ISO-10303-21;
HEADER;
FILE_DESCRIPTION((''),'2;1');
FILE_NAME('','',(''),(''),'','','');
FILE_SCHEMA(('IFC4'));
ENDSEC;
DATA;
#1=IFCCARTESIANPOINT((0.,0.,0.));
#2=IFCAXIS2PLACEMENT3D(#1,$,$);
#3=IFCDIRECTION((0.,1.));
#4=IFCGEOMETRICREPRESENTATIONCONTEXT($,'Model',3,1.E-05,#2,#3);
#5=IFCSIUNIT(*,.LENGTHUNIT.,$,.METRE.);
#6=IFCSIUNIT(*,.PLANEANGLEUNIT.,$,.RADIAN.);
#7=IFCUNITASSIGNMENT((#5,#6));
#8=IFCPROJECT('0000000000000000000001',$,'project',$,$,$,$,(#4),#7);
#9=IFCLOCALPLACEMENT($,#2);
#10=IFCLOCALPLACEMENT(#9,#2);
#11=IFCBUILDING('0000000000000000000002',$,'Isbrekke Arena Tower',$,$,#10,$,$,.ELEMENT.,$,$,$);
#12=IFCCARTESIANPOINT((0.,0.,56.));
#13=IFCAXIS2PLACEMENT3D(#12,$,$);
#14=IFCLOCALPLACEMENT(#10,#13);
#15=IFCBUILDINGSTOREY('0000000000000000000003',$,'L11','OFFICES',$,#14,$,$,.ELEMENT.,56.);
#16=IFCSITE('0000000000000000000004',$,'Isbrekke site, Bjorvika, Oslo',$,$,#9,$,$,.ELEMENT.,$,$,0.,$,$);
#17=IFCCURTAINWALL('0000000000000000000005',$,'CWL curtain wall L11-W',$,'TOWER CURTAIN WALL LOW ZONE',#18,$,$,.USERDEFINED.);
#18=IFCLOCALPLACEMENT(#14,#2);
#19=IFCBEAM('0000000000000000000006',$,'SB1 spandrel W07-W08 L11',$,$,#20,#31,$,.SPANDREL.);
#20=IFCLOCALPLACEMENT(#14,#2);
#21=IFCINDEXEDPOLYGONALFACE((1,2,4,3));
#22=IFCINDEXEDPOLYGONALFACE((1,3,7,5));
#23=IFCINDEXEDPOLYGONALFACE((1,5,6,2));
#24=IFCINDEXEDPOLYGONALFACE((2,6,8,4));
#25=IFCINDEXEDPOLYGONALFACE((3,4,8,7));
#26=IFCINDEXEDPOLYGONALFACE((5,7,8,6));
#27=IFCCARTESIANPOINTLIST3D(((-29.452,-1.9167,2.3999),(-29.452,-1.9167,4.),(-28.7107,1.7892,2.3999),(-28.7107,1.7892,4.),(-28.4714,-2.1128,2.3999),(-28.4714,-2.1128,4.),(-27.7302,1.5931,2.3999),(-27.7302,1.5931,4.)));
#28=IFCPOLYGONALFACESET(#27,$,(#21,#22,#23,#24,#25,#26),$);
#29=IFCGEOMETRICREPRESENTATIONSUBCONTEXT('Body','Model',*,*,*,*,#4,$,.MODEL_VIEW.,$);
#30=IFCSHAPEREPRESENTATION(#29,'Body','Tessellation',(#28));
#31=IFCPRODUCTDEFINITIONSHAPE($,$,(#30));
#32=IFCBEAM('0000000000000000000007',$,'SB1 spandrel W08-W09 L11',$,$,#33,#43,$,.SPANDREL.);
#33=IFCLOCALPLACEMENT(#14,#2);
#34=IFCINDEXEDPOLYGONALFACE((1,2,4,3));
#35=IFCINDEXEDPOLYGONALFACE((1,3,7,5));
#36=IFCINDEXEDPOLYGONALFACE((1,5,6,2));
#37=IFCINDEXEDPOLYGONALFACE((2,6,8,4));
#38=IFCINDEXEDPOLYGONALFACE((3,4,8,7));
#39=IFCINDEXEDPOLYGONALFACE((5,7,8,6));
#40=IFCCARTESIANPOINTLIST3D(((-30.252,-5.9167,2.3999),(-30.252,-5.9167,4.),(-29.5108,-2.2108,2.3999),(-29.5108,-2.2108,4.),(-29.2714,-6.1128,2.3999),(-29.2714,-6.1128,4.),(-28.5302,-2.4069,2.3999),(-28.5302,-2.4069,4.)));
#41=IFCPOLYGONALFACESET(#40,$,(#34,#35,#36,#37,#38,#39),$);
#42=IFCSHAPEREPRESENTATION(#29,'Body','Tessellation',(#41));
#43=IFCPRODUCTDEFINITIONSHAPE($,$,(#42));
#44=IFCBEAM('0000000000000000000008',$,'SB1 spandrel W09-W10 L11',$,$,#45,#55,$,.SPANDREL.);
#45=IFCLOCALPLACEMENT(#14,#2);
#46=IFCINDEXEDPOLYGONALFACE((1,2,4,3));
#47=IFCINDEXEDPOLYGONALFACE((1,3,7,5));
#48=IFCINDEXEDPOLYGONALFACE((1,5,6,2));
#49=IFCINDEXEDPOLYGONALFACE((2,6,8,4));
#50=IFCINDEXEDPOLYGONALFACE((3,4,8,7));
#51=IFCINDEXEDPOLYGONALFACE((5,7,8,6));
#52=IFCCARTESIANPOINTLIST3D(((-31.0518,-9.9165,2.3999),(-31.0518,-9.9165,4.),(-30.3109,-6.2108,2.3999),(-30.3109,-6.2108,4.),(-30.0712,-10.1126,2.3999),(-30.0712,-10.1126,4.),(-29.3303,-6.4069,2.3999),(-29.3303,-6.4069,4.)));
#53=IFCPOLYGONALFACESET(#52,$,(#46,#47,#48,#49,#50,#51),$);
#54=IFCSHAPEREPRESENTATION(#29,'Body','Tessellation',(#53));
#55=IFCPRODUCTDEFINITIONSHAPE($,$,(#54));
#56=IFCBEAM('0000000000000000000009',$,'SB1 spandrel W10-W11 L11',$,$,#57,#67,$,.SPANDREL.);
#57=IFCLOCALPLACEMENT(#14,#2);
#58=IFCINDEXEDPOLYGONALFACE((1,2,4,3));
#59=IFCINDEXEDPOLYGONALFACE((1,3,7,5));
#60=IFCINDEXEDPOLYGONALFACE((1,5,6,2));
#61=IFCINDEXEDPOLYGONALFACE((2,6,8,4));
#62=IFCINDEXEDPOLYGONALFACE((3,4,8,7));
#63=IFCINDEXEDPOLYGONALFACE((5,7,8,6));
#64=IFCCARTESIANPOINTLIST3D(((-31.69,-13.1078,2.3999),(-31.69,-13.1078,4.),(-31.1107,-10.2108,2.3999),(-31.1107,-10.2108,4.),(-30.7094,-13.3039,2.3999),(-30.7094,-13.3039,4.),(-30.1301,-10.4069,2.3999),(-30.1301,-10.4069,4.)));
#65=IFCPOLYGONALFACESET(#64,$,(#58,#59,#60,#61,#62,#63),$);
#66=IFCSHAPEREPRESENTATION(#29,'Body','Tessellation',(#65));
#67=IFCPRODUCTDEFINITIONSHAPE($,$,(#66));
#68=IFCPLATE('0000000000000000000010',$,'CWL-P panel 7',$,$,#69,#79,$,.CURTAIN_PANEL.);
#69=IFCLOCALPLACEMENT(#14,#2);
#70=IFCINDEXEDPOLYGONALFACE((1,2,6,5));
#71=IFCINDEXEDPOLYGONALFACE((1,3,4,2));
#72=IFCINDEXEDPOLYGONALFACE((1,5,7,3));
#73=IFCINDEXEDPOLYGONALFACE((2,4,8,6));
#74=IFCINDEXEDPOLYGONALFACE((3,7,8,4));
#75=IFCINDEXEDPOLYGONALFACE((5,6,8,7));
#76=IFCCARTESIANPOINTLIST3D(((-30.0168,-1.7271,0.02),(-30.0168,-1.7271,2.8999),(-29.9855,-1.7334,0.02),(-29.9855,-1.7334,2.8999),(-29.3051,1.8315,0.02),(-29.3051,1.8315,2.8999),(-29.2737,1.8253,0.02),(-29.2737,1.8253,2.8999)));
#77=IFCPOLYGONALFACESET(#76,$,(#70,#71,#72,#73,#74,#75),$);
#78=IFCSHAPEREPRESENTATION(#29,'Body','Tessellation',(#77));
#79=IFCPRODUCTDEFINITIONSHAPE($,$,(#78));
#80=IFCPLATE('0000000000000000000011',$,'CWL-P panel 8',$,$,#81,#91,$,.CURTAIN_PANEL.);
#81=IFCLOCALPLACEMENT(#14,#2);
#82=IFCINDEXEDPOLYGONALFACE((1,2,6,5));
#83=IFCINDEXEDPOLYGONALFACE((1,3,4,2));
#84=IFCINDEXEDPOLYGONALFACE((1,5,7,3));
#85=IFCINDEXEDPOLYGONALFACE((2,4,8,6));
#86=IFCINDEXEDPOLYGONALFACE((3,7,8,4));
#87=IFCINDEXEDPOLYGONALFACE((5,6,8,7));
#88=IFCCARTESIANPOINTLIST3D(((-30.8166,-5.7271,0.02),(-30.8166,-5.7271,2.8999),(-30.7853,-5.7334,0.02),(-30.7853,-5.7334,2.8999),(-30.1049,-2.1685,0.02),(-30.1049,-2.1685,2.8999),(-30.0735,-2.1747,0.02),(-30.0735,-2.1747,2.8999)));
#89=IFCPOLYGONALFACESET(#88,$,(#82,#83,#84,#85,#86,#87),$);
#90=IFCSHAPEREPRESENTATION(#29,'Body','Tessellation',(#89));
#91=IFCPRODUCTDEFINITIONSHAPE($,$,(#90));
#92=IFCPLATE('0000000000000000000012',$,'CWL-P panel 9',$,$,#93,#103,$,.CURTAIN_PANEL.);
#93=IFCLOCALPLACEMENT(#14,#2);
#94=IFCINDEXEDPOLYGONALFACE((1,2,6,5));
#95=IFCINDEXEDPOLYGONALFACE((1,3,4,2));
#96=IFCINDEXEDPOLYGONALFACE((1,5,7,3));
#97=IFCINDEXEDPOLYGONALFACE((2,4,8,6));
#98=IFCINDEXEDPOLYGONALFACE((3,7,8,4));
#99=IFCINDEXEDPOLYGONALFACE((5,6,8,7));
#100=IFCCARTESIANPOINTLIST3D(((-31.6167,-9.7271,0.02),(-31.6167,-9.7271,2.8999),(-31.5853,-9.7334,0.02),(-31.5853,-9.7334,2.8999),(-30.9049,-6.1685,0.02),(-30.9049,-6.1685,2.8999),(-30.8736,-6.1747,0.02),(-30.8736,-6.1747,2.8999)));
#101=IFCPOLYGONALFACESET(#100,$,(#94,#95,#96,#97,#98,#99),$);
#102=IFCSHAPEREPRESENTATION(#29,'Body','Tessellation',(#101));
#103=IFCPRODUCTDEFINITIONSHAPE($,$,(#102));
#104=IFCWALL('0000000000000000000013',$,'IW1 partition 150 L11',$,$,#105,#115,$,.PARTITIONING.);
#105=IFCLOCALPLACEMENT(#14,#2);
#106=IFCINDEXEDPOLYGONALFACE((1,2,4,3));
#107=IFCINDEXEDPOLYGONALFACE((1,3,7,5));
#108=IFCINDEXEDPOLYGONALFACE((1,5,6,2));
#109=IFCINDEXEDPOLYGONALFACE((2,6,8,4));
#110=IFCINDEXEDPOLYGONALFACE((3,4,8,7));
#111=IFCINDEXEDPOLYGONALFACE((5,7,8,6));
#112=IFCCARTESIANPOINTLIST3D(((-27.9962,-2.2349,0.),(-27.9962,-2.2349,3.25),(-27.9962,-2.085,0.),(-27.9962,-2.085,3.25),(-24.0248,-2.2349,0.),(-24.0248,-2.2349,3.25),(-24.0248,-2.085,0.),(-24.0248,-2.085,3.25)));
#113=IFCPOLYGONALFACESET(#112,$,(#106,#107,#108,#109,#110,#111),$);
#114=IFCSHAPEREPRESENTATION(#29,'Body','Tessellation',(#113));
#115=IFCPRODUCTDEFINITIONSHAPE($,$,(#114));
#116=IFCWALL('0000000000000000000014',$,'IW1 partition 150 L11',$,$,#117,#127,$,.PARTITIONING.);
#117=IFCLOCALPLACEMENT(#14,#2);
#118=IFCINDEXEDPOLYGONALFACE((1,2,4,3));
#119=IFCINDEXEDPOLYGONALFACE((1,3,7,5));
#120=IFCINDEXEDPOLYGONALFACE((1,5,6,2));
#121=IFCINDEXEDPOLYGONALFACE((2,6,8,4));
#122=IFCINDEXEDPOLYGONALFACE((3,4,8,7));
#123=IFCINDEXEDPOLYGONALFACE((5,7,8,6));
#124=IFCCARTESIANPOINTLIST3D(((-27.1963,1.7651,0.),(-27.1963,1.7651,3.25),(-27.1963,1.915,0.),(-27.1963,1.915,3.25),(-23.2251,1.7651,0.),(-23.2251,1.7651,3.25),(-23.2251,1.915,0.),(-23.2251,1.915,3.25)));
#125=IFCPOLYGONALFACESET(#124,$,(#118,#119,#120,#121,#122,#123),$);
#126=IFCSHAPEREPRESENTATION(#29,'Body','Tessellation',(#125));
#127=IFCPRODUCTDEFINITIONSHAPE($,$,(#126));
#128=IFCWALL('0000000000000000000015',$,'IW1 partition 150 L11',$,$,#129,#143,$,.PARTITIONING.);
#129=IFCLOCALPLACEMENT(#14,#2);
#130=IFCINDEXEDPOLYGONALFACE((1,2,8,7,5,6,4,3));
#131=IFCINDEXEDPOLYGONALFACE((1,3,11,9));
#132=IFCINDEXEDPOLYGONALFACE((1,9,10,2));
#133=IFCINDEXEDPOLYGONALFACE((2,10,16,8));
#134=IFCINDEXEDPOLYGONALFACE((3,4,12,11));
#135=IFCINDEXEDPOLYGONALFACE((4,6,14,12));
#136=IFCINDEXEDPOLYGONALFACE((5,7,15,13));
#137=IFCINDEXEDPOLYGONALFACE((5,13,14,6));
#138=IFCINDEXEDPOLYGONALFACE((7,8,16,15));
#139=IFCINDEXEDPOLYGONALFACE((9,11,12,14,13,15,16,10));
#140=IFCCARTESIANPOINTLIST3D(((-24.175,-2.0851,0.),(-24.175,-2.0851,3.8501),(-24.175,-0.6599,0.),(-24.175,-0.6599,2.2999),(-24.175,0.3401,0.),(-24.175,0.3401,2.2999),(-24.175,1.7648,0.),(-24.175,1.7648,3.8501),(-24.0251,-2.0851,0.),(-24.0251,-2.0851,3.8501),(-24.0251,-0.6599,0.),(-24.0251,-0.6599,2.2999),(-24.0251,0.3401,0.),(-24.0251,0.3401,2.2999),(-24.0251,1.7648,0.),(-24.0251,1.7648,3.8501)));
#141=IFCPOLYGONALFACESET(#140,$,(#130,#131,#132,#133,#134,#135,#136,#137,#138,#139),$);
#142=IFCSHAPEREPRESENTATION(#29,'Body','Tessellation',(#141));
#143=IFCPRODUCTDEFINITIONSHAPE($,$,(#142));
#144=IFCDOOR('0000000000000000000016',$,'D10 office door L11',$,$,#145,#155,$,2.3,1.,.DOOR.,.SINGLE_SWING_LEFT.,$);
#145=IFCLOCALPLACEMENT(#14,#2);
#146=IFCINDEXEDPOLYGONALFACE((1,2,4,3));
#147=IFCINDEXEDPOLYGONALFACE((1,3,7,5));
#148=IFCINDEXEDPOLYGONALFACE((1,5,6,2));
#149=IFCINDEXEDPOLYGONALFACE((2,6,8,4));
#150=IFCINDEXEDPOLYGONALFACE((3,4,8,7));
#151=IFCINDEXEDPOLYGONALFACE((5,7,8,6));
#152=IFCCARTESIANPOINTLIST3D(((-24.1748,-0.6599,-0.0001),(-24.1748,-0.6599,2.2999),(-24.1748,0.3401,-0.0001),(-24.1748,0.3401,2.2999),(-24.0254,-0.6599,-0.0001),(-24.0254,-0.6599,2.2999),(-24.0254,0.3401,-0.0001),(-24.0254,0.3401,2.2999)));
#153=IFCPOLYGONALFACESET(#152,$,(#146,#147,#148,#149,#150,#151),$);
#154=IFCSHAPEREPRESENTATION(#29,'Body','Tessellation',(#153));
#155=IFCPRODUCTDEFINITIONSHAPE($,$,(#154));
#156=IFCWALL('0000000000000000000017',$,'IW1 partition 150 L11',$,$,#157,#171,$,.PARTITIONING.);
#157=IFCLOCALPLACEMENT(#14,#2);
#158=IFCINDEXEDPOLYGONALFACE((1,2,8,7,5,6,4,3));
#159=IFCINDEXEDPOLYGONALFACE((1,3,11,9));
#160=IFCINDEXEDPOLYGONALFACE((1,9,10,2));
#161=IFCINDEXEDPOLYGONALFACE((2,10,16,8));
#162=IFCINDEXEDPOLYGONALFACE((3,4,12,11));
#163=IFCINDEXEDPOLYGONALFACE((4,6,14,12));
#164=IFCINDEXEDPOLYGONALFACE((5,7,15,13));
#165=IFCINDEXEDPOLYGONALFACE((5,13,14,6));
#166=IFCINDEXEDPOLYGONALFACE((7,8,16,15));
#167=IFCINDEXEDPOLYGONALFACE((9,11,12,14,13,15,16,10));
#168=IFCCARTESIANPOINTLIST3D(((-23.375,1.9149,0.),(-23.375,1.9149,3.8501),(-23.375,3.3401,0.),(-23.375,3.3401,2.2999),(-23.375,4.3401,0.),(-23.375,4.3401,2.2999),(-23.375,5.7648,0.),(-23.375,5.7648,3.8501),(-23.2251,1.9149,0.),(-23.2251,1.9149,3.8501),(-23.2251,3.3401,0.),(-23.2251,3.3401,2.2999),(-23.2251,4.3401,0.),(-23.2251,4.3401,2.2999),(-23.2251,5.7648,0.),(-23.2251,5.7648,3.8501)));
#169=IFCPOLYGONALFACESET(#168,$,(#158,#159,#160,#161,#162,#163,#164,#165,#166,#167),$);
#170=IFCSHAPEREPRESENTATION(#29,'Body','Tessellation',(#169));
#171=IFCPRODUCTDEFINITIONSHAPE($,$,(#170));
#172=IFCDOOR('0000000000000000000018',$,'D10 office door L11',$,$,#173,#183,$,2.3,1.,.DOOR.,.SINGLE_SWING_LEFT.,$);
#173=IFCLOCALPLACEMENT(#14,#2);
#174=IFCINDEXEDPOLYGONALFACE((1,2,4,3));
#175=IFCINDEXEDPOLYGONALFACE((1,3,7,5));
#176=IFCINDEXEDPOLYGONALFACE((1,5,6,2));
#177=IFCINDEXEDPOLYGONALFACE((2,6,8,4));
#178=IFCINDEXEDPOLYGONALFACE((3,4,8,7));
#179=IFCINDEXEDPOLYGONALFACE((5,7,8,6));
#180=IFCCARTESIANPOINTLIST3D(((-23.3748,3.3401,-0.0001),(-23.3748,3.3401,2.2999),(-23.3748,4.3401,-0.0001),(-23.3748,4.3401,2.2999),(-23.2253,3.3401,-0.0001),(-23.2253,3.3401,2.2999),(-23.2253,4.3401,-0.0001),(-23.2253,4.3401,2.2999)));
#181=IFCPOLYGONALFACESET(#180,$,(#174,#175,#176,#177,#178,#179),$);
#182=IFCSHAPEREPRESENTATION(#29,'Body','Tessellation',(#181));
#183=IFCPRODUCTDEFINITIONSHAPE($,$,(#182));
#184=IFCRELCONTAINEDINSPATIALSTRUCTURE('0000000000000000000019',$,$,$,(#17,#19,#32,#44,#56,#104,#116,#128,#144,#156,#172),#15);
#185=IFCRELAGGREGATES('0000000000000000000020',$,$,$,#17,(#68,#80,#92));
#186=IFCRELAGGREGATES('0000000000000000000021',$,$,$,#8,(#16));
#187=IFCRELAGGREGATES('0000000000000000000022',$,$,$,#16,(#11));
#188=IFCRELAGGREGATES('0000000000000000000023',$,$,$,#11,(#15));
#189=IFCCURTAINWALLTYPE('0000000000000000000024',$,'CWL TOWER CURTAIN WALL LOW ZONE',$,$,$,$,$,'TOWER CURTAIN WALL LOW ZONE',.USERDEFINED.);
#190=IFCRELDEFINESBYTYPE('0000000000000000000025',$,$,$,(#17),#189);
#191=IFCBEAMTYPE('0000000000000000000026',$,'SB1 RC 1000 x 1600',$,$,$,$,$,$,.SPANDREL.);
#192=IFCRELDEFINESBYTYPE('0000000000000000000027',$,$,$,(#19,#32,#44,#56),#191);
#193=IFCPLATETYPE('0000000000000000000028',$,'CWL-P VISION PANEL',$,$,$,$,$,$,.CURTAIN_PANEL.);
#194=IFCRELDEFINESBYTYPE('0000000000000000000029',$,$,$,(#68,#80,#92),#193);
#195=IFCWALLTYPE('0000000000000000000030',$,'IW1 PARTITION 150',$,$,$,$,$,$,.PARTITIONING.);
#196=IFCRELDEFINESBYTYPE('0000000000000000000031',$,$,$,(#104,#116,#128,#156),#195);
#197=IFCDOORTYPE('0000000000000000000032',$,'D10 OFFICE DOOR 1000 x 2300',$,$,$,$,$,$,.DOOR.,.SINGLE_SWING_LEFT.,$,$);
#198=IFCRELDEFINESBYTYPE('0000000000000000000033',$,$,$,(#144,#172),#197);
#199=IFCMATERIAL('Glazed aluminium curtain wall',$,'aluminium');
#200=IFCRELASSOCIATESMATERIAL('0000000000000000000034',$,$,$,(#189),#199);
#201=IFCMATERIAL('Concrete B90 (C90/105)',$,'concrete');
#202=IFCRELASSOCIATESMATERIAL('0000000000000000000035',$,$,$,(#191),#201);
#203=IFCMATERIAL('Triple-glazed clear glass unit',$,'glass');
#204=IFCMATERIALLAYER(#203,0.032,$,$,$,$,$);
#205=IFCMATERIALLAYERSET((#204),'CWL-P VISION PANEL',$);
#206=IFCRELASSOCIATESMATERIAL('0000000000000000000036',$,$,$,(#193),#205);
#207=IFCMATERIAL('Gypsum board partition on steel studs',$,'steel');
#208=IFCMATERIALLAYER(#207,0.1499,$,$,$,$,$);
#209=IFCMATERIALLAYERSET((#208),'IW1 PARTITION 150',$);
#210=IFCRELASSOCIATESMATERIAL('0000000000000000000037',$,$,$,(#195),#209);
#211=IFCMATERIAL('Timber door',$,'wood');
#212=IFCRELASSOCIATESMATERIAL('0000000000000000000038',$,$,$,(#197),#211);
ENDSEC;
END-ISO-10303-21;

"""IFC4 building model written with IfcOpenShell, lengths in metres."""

from ifc_helpers import new_model, si_unit, direction, frame, frame_2d, origin, origin_2d, place, context, subcontext, project, spatial, rectangle, extrude, material, layer, layer_set, material_profile, profile_set, type_object, element, fill, aggregate, save


model = new_model("IFC4")

# Units and contexts
model_context = context("Model", 3, precision=1e-05, world=origin(), true_north=direction((0.0, 1.0)))
body_context = subcontext(model_context, "Body", "Model", "MODEL_VIEW")
ifc_project = project(units=[si_unit("LENGTHUNIT", "METRE"), si_unit("PLANEANGLEUNIT", "RADIAN")], contexts=[model_context])

# Site, building, storey
site_placement = place(None, origin())
site = spatial("IfcSite", under=ifc_project, at=site_placement, Name="Isbrekke site, Bjorvika, Oslo", CompositionType="ELEMENT", RefElevation=0.0)
building_placement = place(site_placement, origin())
building = spatial("IfcBuilding", under=site, at=building_placement, Name="Isbrekke Arena Tower", CompositionType="ELEMENT")
storey_placement = place(building_placement, frame((0.0, 0.0, 56.0)))
storey = spatial("IfcBuildingStorey", under=building, at=storey_placement, Name="L11", Description="OFFICES", CompositionType="ELEMENT", Elevation=56.0)

# Curtain wall
ifc_material_1 = material(Name="Glazed aluminium curtain wall", Category="aluminium")
curtain_wall_type = type_object("IfcCurtainWallType", Name="CWL TOWER CURTAIN WALL LOW ZONE", ElementType="TOWER CURTAIN WALL LOW ZONE", PredefinedType="USERDEFINED", material=ifc_material_1)
curtain_wall_placement = place(storey_placement, origin())
curtain_wall = element("IfcCurtainWall", 1, at=curtain_wall_placement, inside=storey, type_object=curtain_wall_type, Name="CWL curtain wall L11-W", ObjectType="TOWER CURTAIN WALL LOW ZONE", PredefinedType="USERDEFINED")

# Beams
ifc_material_2 = material(Name="Concrete B90 (C90/105)", Category="concrete")
ifc_material_profile_1 = material_profile(ifc_material_2, rectangle(XDim=1.0, YDim=1.6001, at=origin_2d()), Name="RC 1000x1600")
ifc_profile_set_1 = profile_set([ifc_material_profile_1], Name="Concrete B90 (C90/105)")
beam_type_1 = type_object("IfcBeamType", Name="SB1 RC 1000 x 1600", PredefinedType="SPANDREL", material=ifc_profile_set_1)
for number, where, z_axis, x_axis, name in (
    (2, (-28.2205, 1.6912, 3.2), (-0.196129, -0.980578, 0.0), (0.980578, -0.196129, 0.0), "SB1 spandrel W07-W08 L11"),
    (3, (-29.0205, -2.3088, 3.2), (-0.196129, -0.980578, 0.0), (0.980578, -0.196129, 0.0), "SB1 spandrel W08-W09 L11"),
):
    element("IfcBeam", number, at=place(storey_placement, frame(where, z_axis=z_axis, x_axis=x_axis)), inside=storey, type_object=beam_type_1, Name=name, PredefinedType="SPANDREL", context=body_context, shape_type="SweptSolid", body=[
        extrude(rectangle(XDim=1.0, YDim=1.6001, at=origin_2d()), origin(), (0.0, 0.0, 1.0), 3.7793),
    ])
beam_1_placement = place(storey_placement, frame((-29.8206, -6.3088, 3.2), z_axis=(-0.196066, -0.980591, 0.0), x_axis=(0.980591, -0.196066, 0.0)))
element("IfcBeam", 4, at=beam_1_placement, inside=storey, type_object=beam_type_1, Name="SB1 spandrel W09-W10 L11", PredefinedType="SPANDREL", context=body_context, shape_type="SweptSolid", body=[
    extrude(rectangle(XDim=1.0, YDim=1.6001, at=origin_2d()), origin(), (0.0, 0.0, 1.0), 3.7791),
])
beam_2_placement = place(storey_placement, frame((-30.6204, -10.3088, 3.2), z_axis=(-0.1961, -0.980584, 0.0), x_axis=(0.980584, -0.1961, 0.0)))
element("IfcBeam", 5, at=beam_2_placement, inside=storey, type_object=beam_type_1, Name="SB1 spandrel W10-W11 L11", PredefinedType="SPANDREL", context=body_context, shape_type="SweptSolid", body=[
    extrude(rectangle(XDim=1.0, YDim=1.6001, at=origin_2d()), origin(), (0.0, 0.0, 1.0), 2.9543),
])

# Plates
ifc_material_3 = material(Name="Triple-glazed clear glass unit", Category="glass")
ifc_layer_1 = layer(ifc_material_3, 0.032)
ifc_layer_set_1 = layer_set([ifc_layer_1], Name="CWL-P VISION PANEL")
plate_type = type_object("IfcPlateType", Name="CWL-P VISION PANEL", PredefinedType="CURTAIN_PANEL", material=ifc_layer_set_1)
plate_1_placement = place(storey_placement, frame((-29.6453, 0.0491, 0.02), z_axis=(0.0, 0.0, 1.0), x_axis=(-0.196116, -0.980581, 0.0)))
plate_1 = element("IfcPlate", 6, at=plate_1_placement, type_object=plate_type, Name="CWL-P panel 7", PredefinedType="CURTAIN_PANEL", context=body_context, shape_type="SweptSolid", body=[
    extrude(rectangle(XDim=3.6292, YDim=0.032, at=origin_2d()), origin(), (0.0, 0.0, 1.0), 2.8799),
])
plate_2_placement = place(storey_placement, frame((-30.4451, -3.9509, 0.02), z_axis=(0.0, 0.0, 1.0), x_axis=(-0.196116, -0.980581, 0.0)))
plate_2 = element("IfcPlate", 7, at=plate_2_placement, type_object=plate_type, Name="CWL-P panel 8", PredefinedType="CURTAIN_PANEL", context=body_context, shape_type="SweptSolid", body=[
    extrude(rectangle(XDim=3.6292, YDim=0.032, at=origin_2d()), origin(), (0.0, 0.0, 1.0), 2.8799),
])
plate_3_placement = place(storey_placement, frame((-31.2451, -7.9509, 0.02), z_axis=(0.0, 0.0, 1.0), x_axis=(-0.196116, -0.980581, 0.0)))
plate_3 = element("IfcPlate", 8, at=plate_3_placement, type_object=plate_type, Name="CWL-P panel 9", PredefinedType="CURTAIN_PANEL", context=body_context, shape_type="SweptSolid", body=[
    extrude(rectangle(XDim=3.6292, YDim=0.032, at=origin_2d()), origin(), (0.0, 0.0, 1.0), 2.8799),
])
aggregate(curtain_wall, [plate_1, plate_2, plate_3])

# Walls
ifc_material_4 = material(Name="Gypsum board partition on steel studs", Category="steel")
ifc_layer_2 = layer(ifc_material_4, 0.1499)
ifc_layer_set_2 = layer_set([ifc_layer_2], Name="IW1 PARTITION 150")
wall_type = type_object("IfcWallType", Name="IW1 PARTITION 150", PredefinedType="PARTITIONING", material=ifc_layer_set_2)
wall_1_placement = place(storey_placement, frame((-27.9963, -2.1599, 0.0), z_axis=(0.0, 0.0, 1.0), x_axis=(1.0, 0.0, 0.0)))
element("IfcWall", 9, at=wall_1_placement, inside=storey, type_object=wall_type, Name="IW1 partition 150 L11", PredefinedType="PARTITIONING", context=body_context, shape_type="SweptSolid", body=[
    extrude(rectangle(XDim=3.9714, YDim=0.1499, at=frame_2d((1.9858, 0.0))), origin(), (0.0, 0.0, 1.0), 3.25),
])
wall_2_placement = place(storey_placement, frame((-27.1963, 1.8401, 0.0), z_axis=(0.0, 0.0, 1.0), x_axis=(1.0, 0.0, 0.0)))
element("IfcWall", 10, at=wall_2_placement, inside=storey, type_object=wall_type, Name="IW1 partition 150 L11", PredefinedType="PARTITIONING", context=body_context, shape_type="SweptSolid", body=[
    extrude(rectangle(XDim=3.9712, YDim=0.1499, at=frame_2d((1.9856, 0.0))), origin(), (0.0, 0.0, 1.0), 3.25),
])

# Walls, openings, doors
wall_3_placement = place(storey_placement, frame((-24.1001, -2.085, 0.0), z_axis=(0.0, 0.0, 1.0), x_axis=(0.0, 1.0, 0.0)))
wall_3 = element("IfcWall", 11, at=wall_3_placement, inside=storey, type_object=wall_type, Name="IW1 partition 150 L11", PredefinedType="PARTITIONING", context=body_context, shape_type="SweptSolid", body=[
    extrude(rectangle(XDim=3.8499, YDim=0.1499, at=frame_2d((1.9248, 0.0))), origin(), (0.0, 0.0, 1.0), 3.8501),
])
opening_1_placement = place(wall_3_placement, frame((1.425, 0.0, 0.0)))
opening_1 = element("IfcOpeningElement", 12, at=opening_1_placement, cuts=wall_3, PredefinedType="OPENING", context=body_context, shape_type="SweptSolid", body=[
    extrude(rectangle(XDim=1.0, YDim=2.3, at=frame_2d((0.5, 1.1499))), frame((0.0, 0.0898, 0.0), z_axis=(0.0, -1.0, 0.0), x_axis=(1.0, 0.0, 0.0)), (0.0, 0.0, 1.0), 0.1797),
])
ifc_material_5 = material(Name="Timber door", Category="wood")
door_type = type_object("IfcDoorType", Name="D10 OFFICE DOOR 1000 x 2300", OperationType="SINGLE_SWING_LEFT", PredefinedType="DOOR", material=ifc_material_5)
door_1_placement = place(opening_1_placement, origin())
door_1 = element("IfcDoor", 13, at=door_1_placement, inside=storey, type_object=door_type, Name="D10 office door L11", OperationType="SINGLE_SWING_LEFT", OverallHeight=2.3, OverallWidth=1.0, PredefinedType="DOOR", context=body_context, shape_type="SweptSolid", body=[
    extrude(rectangle(XDim=1.0, YDim=2.3, at=frame_2d((0.5, 1.1499))), frame((0.0, 0.0747, 0.0), z_axis=(0.0, -1.0, 0.0), x_axis=(1.0, 0.0, 0.0)), (0.0, 0.0, 1.0), 0.1494),
])
fill(opening_1, door_1)
wall_4_placement = place(storey_placement, frame((-23.3, 1.915, 0.0), z_axis=(0.0, 0.0, 1.0), x_axis=(0.0, 1.0, 0.0)))
wall_4 = element("IfcWall", 14, at=wall_4_placement, inside=storey, type_object=wall_type, Name="IW1 partition 150 L11", PredefinedType="PARTITIONING", context=body_context, shape_type="SweptSolid", body=[
    extrude(rectangle(XDim=3.8499, YDim=0.1499, at=frame_2d((1.9248, 0.0))), origin(), (0.0, 0.0, 1.0), 3.8501),
])
opening_2_placement = place(wall_4_placement, frame((1.425, 0.0, 0.0)))
opening_2 = element("IfcOpeningElement", 15, at=opening_2_placement, cuts=wall_4, PredefinedType="OPENING", context=body_context, shape_type="SweptSolid", body=[
    extrude(rectangle(XDim=1.0, YDim=2.3, at=frame_2d((0.5, 1.1499))), frame((0.0, 0.0898, 0.0), z_axis=(0.0, -1.0, 0.0), x_axis=(1.0, 0.0, 0.0)), (0.0, 0.0, 1.0), 0.1797),
])
door_2_placement = place(opening_2_placement, origin())
door_2 = element("IfcDoor", 16, at=door_2_placement, inside=storey, type_object=door_type, Name="D10 office door L11", OperationType="SINGLE_SWING_LEFT", OverallHeight=2.3, OverallWidth=1.0, PredefinedType="DOOR", context=body_context, shape_type="SweptSolid", body=[
    extrude(rectangle(XDim=1.0, YDim=2.3, at=frame_2d((0.5, 1.1499))), frame((0.0, 0.0747, 0.0), z_axis=(0.0, -1.0, 0.0), x_axis=(1.0, 0.0, 0.0)), (0.0, 0.0, 1.0), 0.1494),
])
fill(opening_2, door_2)

save(model, "model.ifc")
